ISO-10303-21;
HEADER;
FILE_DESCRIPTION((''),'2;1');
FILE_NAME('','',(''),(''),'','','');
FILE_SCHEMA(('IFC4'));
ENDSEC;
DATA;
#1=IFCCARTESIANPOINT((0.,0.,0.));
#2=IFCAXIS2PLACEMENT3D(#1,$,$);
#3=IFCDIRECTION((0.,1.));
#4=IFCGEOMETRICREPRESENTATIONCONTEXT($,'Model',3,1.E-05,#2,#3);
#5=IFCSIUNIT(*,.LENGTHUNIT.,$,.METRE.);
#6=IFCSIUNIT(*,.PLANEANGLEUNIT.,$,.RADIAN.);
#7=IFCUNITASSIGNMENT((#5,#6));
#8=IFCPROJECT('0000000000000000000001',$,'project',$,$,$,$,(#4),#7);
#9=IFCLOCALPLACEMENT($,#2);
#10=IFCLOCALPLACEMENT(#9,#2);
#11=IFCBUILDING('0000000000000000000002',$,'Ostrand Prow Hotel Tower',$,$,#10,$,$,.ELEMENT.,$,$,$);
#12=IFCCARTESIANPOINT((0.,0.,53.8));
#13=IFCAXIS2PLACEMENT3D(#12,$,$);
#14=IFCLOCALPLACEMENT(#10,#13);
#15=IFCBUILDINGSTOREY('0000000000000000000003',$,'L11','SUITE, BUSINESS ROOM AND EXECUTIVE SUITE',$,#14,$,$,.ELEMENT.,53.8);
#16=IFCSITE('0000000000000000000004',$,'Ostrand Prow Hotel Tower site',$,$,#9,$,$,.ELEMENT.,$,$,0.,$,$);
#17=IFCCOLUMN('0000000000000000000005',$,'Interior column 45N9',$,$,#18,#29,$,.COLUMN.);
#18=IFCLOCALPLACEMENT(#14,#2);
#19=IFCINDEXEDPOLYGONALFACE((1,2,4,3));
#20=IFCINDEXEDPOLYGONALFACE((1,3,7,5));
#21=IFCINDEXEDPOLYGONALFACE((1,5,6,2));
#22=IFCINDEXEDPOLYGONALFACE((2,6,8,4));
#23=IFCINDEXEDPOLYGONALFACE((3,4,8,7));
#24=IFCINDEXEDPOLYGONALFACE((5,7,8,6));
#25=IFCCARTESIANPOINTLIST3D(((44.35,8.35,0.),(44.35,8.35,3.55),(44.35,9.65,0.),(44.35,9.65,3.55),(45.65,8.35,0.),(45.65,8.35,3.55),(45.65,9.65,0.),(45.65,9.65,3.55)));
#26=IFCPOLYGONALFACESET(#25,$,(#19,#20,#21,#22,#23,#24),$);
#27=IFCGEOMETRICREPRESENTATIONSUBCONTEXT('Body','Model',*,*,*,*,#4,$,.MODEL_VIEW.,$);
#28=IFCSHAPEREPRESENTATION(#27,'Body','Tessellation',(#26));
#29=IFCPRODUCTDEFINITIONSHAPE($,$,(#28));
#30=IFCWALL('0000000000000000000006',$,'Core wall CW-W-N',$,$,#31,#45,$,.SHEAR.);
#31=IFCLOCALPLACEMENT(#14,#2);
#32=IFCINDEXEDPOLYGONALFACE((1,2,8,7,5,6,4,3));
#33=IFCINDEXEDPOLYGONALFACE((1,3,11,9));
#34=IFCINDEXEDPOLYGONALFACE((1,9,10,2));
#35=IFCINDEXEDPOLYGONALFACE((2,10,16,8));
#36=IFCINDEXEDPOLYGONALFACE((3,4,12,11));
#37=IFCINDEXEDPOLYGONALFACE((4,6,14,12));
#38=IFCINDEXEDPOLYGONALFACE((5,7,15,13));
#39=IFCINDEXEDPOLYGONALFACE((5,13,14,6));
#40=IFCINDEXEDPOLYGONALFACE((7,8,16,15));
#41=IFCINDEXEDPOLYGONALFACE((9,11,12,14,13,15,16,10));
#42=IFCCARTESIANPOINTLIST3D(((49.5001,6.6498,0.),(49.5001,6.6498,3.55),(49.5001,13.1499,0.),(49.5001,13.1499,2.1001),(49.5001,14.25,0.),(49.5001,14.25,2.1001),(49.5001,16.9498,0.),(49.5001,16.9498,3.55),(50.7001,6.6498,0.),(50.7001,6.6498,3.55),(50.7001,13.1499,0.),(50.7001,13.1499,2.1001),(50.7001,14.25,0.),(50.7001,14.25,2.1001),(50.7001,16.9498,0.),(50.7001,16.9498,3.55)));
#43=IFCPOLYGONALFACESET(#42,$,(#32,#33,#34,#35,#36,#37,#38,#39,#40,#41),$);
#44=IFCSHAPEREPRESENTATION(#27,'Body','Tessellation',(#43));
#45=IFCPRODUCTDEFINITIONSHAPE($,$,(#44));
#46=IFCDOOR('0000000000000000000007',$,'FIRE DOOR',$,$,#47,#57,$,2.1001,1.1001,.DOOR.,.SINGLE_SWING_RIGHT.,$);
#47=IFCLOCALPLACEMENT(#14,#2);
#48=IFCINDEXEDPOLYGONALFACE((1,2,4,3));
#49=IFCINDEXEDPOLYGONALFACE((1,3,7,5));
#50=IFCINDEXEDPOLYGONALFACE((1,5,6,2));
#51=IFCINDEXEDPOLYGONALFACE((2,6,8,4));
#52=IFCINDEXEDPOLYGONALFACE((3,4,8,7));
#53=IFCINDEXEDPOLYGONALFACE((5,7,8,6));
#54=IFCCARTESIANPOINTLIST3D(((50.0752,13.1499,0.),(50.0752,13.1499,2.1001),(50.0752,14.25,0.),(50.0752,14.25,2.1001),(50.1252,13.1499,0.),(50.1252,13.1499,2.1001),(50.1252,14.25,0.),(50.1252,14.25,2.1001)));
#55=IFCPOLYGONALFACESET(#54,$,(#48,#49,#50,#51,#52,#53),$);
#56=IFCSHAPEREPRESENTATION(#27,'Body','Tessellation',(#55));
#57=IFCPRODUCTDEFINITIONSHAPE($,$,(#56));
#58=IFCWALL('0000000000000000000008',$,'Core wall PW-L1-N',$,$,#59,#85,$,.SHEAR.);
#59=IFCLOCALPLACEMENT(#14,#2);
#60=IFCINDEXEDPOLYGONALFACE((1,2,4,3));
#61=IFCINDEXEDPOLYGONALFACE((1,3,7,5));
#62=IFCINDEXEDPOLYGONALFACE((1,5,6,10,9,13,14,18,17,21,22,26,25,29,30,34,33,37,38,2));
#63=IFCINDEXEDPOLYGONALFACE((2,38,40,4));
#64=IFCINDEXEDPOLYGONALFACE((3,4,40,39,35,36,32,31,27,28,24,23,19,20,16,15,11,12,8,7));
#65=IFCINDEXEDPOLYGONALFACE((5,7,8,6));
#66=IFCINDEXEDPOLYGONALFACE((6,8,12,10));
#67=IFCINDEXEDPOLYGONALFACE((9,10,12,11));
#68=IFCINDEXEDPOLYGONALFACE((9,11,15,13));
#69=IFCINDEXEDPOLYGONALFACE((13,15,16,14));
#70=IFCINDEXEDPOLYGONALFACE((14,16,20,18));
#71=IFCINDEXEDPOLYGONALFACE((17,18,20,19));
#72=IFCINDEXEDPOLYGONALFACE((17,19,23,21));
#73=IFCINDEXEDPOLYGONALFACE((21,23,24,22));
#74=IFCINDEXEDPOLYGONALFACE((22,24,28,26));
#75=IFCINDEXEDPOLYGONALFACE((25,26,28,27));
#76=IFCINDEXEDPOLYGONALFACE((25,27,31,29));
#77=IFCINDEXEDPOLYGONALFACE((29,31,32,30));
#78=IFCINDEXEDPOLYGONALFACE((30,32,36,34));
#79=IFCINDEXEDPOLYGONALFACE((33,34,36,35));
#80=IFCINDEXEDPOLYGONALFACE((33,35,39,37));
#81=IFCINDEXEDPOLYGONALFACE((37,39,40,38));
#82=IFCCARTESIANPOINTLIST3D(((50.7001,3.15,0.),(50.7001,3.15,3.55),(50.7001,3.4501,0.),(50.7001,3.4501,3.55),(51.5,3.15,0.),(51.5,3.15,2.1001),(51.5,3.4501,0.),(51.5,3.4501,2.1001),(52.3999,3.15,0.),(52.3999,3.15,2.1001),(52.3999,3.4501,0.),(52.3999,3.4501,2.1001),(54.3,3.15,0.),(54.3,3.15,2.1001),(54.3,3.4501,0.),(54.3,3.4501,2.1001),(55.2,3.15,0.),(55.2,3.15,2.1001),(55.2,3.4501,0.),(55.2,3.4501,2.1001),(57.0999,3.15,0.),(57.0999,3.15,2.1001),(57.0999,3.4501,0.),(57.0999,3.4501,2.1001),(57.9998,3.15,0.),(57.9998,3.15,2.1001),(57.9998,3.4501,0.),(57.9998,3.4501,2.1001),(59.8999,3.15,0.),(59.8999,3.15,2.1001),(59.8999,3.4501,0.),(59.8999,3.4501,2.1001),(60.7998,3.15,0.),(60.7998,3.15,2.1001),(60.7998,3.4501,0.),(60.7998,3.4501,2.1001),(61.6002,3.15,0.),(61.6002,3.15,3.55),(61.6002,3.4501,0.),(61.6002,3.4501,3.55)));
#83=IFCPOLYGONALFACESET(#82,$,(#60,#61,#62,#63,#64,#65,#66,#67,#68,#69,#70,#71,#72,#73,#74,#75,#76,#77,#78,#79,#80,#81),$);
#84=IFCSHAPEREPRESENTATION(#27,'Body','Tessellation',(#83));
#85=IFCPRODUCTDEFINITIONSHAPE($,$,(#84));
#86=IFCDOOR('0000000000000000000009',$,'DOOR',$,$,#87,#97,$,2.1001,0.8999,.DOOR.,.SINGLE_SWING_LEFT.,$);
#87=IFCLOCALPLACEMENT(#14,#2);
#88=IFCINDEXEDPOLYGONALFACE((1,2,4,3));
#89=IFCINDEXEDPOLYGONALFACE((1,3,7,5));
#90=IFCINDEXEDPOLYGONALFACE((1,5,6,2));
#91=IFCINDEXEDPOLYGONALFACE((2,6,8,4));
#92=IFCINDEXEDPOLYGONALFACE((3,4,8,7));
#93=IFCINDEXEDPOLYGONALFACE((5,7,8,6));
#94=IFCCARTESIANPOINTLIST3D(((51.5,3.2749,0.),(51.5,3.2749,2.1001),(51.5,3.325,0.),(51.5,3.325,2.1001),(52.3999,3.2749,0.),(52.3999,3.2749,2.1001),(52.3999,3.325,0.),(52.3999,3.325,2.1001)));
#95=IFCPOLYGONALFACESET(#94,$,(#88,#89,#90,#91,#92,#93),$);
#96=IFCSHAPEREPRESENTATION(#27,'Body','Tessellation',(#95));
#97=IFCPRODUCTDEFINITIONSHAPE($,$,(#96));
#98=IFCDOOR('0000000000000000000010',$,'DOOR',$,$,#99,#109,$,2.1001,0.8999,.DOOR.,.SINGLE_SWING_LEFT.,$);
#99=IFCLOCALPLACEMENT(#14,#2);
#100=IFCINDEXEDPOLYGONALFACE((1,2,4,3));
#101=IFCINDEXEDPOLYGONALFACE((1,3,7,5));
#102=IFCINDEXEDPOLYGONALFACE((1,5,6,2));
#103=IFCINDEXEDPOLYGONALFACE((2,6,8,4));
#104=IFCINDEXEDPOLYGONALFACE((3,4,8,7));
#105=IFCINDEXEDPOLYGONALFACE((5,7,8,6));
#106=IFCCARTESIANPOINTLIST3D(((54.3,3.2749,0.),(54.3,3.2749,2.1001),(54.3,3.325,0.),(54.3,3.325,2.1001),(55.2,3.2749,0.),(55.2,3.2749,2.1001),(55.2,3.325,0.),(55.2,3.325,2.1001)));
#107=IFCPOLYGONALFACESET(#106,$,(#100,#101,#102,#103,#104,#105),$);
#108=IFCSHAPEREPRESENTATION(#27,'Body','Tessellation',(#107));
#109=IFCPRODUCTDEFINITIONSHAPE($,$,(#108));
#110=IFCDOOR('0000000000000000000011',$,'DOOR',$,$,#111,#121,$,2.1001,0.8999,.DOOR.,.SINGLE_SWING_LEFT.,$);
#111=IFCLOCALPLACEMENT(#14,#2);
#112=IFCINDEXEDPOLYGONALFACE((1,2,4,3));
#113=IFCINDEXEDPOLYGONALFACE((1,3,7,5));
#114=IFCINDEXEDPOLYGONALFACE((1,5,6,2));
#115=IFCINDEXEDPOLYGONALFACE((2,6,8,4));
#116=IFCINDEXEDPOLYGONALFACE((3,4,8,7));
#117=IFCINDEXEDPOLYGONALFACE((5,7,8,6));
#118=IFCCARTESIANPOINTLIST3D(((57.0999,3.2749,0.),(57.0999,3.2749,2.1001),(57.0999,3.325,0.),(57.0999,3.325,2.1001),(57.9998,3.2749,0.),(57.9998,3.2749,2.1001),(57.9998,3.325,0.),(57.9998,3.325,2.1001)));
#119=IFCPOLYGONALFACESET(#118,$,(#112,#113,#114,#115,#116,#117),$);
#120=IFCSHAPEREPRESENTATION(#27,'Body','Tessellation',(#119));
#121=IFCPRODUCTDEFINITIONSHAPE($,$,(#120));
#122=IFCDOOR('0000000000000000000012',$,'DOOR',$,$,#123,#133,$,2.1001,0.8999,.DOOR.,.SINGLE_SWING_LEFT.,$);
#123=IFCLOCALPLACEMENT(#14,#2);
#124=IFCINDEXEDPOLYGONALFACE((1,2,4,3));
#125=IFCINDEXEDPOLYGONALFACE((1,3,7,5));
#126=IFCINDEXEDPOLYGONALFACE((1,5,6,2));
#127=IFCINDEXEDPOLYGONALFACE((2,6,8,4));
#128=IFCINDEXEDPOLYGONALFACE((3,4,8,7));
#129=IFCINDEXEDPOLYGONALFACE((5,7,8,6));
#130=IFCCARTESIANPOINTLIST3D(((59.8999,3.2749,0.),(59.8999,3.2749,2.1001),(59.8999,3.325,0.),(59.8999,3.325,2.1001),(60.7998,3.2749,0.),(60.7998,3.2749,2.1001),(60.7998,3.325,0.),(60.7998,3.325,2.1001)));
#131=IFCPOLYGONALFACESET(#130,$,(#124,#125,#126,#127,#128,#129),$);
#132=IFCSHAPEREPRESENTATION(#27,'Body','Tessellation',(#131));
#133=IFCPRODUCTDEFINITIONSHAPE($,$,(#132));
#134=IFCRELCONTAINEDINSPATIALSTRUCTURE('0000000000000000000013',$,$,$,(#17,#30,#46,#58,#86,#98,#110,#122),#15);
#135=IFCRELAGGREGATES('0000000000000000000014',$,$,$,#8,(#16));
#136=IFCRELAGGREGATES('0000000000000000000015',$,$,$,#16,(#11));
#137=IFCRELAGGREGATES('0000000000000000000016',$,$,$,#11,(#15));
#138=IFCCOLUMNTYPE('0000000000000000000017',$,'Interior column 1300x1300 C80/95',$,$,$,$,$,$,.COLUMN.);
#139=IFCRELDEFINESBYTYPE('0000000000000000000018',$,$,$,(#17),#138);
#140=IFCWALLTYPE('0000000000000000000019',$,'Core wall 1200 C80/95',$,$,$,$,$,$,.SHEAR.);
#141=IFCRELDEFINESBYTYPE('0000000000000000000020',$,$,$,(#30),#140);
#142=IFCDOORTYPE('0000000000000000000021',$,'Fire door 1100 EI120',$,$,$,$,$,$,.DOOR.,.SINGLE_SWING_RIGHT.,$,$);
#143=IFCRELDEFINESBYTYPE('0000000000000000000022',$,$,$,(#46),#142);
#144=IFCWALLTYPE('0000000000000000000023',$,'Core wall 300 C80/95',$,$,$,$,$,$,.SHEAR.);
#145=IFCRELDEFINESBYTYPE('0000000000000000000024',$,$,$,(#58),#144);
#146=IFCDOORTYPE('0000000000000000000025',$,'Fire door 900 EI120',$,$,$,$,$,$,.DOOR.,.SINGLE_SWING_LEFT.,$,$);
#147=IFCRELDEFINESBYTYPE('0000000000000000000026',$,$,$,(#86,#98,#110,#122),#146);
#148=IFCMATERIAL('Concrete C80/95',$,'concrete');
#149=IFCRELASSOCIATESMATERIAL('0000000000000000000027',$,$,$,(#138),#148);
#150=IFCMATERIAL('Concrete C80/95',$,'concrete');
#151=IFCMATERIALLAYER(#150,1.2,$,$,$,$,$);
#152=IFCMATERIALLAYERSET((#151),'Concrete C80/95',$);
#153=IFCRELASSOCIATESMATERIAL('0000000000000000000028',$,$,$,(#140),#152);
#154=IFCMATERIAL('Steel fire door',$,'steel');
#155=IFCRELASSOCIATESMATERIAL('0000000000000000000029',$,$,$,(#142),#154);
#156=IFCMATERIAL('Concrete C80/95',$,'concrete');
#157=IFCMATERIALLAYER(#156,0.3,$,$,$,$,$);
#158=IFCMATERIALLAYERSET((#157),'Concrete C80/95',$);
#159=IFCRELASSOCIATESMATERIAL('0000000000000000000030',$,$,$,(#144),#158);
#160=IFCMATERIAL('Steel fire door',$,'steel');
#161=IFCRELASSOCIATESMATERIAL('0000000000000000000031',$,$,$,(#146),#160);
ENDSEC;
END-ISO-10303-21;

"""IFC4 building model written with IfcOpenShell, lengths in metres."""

from ifc_helpers import new_model, si_unit, direction, frame, frame_2d, origin, origin_2d, place, context, subcontext, project, spatial, rectangle, extrude, material, layer, layer_set, material_profile, profile_set, type_object, element, fill, save


model = new_model("IFC4")

# Units and contexts
model_context = context("Model", 3, precision=1e-05, world=origin(), true_north=direction((0.0, 1.0)))
body_context = subcontext(model_context, "Body", "Model", "MODEL_VIEW")
ifc_project = project(units=[si_unit("LENGTHUNIT", "METRE"), si_unit("PLANEANGLEUNIT", "RADIAN")], contexts=[model_context])

# Site, building, storey
site_placement = place(None, origin())
site = spatial("IfcSite", under=ifc_project, at=site_placement, Name="Ostrand Prow Hotel Tower site", CompositionType="ELEMENT", RefElevation=0.0)
building_placement = place(site_placement, origin())
building = spatial("IfcBuilding", under=site, at=building_placement, Name="Ostrand Prow Hotel Tower", CompositionType="ELEMENT")
storey_placement = place(building_placement, frame((0.0, 0.0, 53.8)))
storey = spatial("IfcBuildingStorey", under=building, at=storey_placement, Name="L11", Description="SUITE, BUSINESS ROOM AND EXECUTIVE SUITE", CompositionType="ELEMENT", Elevation=53.8)

# Column
ifc_material_1 = material(Name="Concrete C80/95", Category="concrete")
ifc_material_profile = material_profile(ifc_material_1, rectangle(XDim=1.3, YDim=1.3, at=origin_2d()), Name="RC 1300x1300")
ifc_profile_set = profile_set([ifc_material_profile], Name="Concrete C80/95")
column_type = type_object("IfcColumnType", Name="Interior column 1300x1300 C80/95", PredefinedType="COLUMN", material=ifc_profile_set)
column_placement = place(storey_placement, frame((45.0, 9.0, 0.0), z_axis=(0.0, 0.0, 1.0), x_axis=(1.0, 0.0, 0.0)))
element("IfcColumn", 1, at=column_placement, inside=storey, type_object=column_type, Name="Interior column 45N9", PredefinedType="COLUMN", context=body_context, shape_type="SweptSolid", body=[
    extrude(rectangle(XDim=1.3, YDim=1.3, at=origin_2d()), origin(), (0.0, 0.0, 1.0), 3.55),
])

# Wall, opening, door
ifc_material_2 = material(Name="Concrete C80/95", Category="concrete")
ifc_layer_1 = layer(ifc_material_2, 1.2)
ifc_layer_set_1 = layer_set([ifc_layer_1], Name="Concrete C80/95")
wall_type_1 = type_object("IfcWallType", Name="Core wall 1200 C80/95", PredefinedType="SHEAR", material=ifc_layer_set_1)
wall_1_placement = place(storey_placement, frame((50.1001, 6.6499, 0.0), z_axis=(0.0, 0.0, 1.0), x_axis=(0.0, 1.0, 0.0)))
wall_1 = element("IfcWall", 2, at=wall_1_placement, inside=storey, type_object=wall_type_1, Name="Core wall CW-W-N", PredefinedType="SHEAR", context=body_context, shape_type="SweptSolid", body=[
    extrude(rectangle(XDim=10.3, YDim=1.2, at=frame_2d((5.1499, 0.0))), origin(), (0.0, 0.0, 1.0), 3.55),
])
opening_1_placement = place(wall_1_placement, frame((6.5, 0.0, 0.0)))
opening_1 = element("IfcOpeningElement", 3, at=opening_1_placement, cuts=wall_1, PredefinedType="OPENING", context=body_context, shape_type="SweptSolid", body=[
    extrude(rectangle(XDim=1.1001, YDim=2.1001, at=frame_2d((0.55, 1.05))), frame((0.0, 0.6099, 0.0), z_axis=(0.0, -1.0, 0.0), x_axis=(1.0, 0.0, 0.0)), (0.0, 0.0, 1.0), 1.22),
])
ifc_material_3 = material(Name="Steel fire door", Category="steel")
door_type_1 = type_object("IfcDoorType", Name="Fire door 1100 EI120", OperationType="SINGLE_SWING_RIGHT", PredefinedType="DOOR", material=ifc_material_3)
door_1_placement = place(opening_1_placement, origin())
door_1 = element("IfcDoor", 4, at=door_1_placement, inside=storey, type_object=door_type_1, Name="FIRE DOOR", OperationType="SINGLE_SWING_RIGHT", OverallHeight=2.1001, OverallWidth=1.1001, PredefinedType="DOOR", context=body_context, shape_type="SweptSolid", body=[
    extrude(rectangle(XDim=1.1001, YDim=2.1001, at=frame_2d((0.55, 1.05))), frame((0.0, 0.0249, 0.0), z_axis=(0.0, -1.0, 0.0), x_axis=(1.0, 0.0, 0.0)), (0.0, 0.0, 1.0), 0.05),
])
fill(opening_1, door_1)

# Wall, openings, doors
ifc_material_4 = material(Name="Concrete C80/95", Category="concrete")
ifc_layer_2 = layer(ifc_material_4, 0.3)
ifc_layer_set_2 = layer_set([ifc_layer_2], Name="Concrete C80/95")
wall_type_2 = type_object("IfcWallType", Name="Core wall 300 C80/95", PredefinedType="SHEAR", material=ifc_layer_set_2)
wall_2_placement = place(storey_placement, frame((50.7, 3.3, 0.0), z_axis=(0.0, 0.0, 1.0), x_axis=(1.0, 0.0, 0.0)))
wall_2 = element("IfcWall", 5, at=wall_2_placement, inside=storey, type_object=wall_type_2, Name="Core wall PW-L1-N", PredefinedType="SHEAR", context=body_context, shape_type="SweptSolid", body=[
    extrude(rectangle(XDim=10.9001, YDim=0.3, at=frame_2d((5.4502, 0.0))), origin(), (0.0, 0.0, 1.0), 3.55),
])
opening_2_placement = place(wall_2_placement, frame((0.8, 0.0, 0.0)))
opening_2 = element("IfcOpeningElement", 6, at=opening_2_placement, cuts=wall_2, PredefinedType="OPENING", context=body_context, shape_type="SweptSolid", body=[
    extrude(rectangle(XDim=0.8999, YDim=2.1001, at=frame_2d((0.45, 1.05))), frame((0.0, 0.1599, 0.0), z_axis=(0.0, -1.0, 0.0), x_axis=(1.0, 0.0, 0.0)), (0.0, 0.0, 1.0), 0.3201),
])
opening_3_placement = place(wall_2_placement, frame((3.6001, 0.0, 0.0)))
opening_3 = element("IfcOpeningElement", 7, at=opening_3_placement, cuts=wall_2, PredefinedType="OPENING", context=body_context, shape_type="SweptSolid", body=[
    extrude(rectangle(XDim=0.8999, YDim=2.1001, at=frame_2d((0.45, 1.05))), frame((0.0, 0.1599, 0.0), z_axis=(0.0, -1.0, 0.0), x_axis=(1.0, 0.0, 0.0)), (0.0, 0.0, 1.0), 0.3201),
])
opening_4_placement = place(wall_2_placement, frame((6.3999, 0.0, 0.0)))
opening_4 = element("IfcOpeningElement", 8, at=opening_4_placement, cuts=wall_2, PredefinedType="OPENING", context=body_context, shape_type="SweptSolid", body=[
    extrude(rectangle(XDim=0.8999, YDim=2.1001, at=frame_2d((0.45, 1.05))), frame((0.0, 0.1599, 0.0), z_axis=(0.0, -1.0, 0.0), x_axis=(1.0, 0.0, 0.0)), (0.0, 0.0, 1.0), 0.3201),
])
opening_5_placement = place(wall_2_placement, frame((9.2, 0.0, 0.0)))
opening_5 = element("IfcOpeningElement", 9, at=opening_5_placement, cuts=wall_2, PredefinedType="OPENING", context=body_context, shape_type="SweptSolid", body=[
    extrude(rectangle(XDim=0.8999, YDim=2.1001, at=frame_2d((0.45, 1.05))), frame((0.0, 0.1599, 0.0), z_axis=(0.0, -1.0, 0.0), x_axis=(1.0, 0.0, 0.0)), (0.0, 0.0, 1.0), 0.3201),
])
ifc_material_5 = material(Name="Steel fire door", Category="steel")
door_type_2 = type_object("IfcDoorType", Name="Fire door 900 EI120", OperationType="SINGLE_SWING_LEFT", PredefinedType="DOOR", material=ifc_material_5)
door_2_placement = place(opening_2_placement, origin())
door_2 = element("IfcDoor", 10, at=door_2_placement, inside=storey, type_object=door_type_2, Name="DOOR", OperationType="SINGLE_SWING_LEFT", OverallHeight=2.1001, OverallWidth=0.8999, PredefinedType="DOOR", context=body_context, shape_type="SweptSolid", body=[
    extrude(rectangle(XDim=0.8999, YDim=2.1001, at=frame_2d((0.45, 1.05))), frame((0.0, 0.0249, 0.0), z_axis=(0.0, -1.0, 0.0), x_axis=(1.0, 0.0, 0.0)), (0.0, 0.0, 1.0), 0.05),
])
fill(opening_2, door_2)
door_3_placement = place(opening_3_placement, origin())
door_3 = element("IfcDoor", 11, at=door_3_placement, inside=storey, type_object=door_type_2, Name="DOOR", OperationType="SINGLE_SWING_LEFT", OverallHeight=2.1001, OverallWidth=0.8999, PredefinedType="DOOR", context=body_context, shape_type="SweptSolid", body=[
    extrude(rectangle(XDim=0.8999, YDim=2.1001, at=frame_2d((0.45, 1.05))), frame((0.0, 0.0249, 0.0), z_axis=(0.0, -1.0, 0.0), x_axis=(1.0, 0.0, 0.0)), (0.0, 0.0, 1.0), 0.05),
])
fill(opening_3, door_3)
door_4_placement = place(opening_4_placement, origin())
door_4 = element("IfcDoor", 12, at=door_4_placement, inside=storey, type_object=door_type_2, Name="DOOR", OperationType="SINGLE_SWING_LEFT", OverallHeight=2.1001, OverallWidth=0.8999, PredefinedType="DOOR", context=body_context, shape_type="SweptSolid", body=[
    extrude(rectangle(XDim=0.8999, YDim=2.1001, at=frame_2d((0.45, 1.05))), frame((0.0, 0.0249, 0.0), z_axis=(0.0, -1.0, 0.0), x_axis=(1.0, 0.0, 0.0)), (0.0, 0.0, 1.0), 0.05),
])
fill(opening_4, door_4)
door_5_placement = place(opening_5_placement, origin())
door_5 = element("IfcDoor", 13, at=door_5_placement, inside=storey, type_object=door_type_2, Name="DOOR", OperationType="SINGLE_SWING_LEFT", OverallHeight=2.1001, OverallWidth=0.8999, PredefinedType="DOOR", context=body_context, shape_type="SweptSolid", body=[
    extrude(rectangle(XDim=0.8999, YDim=2.1001, at=frame_2d((0.45, 1.05))), frame((0.0, 0.0249, 0.0), z_axis=(0.0, -1.0, 0.0), x_axis=(1.0, 0.0, 0.0)), (0.0, 0.0, 1.0), 0.05),
])
fill(opening_5, door_5)

save(model, "model.ifc")
